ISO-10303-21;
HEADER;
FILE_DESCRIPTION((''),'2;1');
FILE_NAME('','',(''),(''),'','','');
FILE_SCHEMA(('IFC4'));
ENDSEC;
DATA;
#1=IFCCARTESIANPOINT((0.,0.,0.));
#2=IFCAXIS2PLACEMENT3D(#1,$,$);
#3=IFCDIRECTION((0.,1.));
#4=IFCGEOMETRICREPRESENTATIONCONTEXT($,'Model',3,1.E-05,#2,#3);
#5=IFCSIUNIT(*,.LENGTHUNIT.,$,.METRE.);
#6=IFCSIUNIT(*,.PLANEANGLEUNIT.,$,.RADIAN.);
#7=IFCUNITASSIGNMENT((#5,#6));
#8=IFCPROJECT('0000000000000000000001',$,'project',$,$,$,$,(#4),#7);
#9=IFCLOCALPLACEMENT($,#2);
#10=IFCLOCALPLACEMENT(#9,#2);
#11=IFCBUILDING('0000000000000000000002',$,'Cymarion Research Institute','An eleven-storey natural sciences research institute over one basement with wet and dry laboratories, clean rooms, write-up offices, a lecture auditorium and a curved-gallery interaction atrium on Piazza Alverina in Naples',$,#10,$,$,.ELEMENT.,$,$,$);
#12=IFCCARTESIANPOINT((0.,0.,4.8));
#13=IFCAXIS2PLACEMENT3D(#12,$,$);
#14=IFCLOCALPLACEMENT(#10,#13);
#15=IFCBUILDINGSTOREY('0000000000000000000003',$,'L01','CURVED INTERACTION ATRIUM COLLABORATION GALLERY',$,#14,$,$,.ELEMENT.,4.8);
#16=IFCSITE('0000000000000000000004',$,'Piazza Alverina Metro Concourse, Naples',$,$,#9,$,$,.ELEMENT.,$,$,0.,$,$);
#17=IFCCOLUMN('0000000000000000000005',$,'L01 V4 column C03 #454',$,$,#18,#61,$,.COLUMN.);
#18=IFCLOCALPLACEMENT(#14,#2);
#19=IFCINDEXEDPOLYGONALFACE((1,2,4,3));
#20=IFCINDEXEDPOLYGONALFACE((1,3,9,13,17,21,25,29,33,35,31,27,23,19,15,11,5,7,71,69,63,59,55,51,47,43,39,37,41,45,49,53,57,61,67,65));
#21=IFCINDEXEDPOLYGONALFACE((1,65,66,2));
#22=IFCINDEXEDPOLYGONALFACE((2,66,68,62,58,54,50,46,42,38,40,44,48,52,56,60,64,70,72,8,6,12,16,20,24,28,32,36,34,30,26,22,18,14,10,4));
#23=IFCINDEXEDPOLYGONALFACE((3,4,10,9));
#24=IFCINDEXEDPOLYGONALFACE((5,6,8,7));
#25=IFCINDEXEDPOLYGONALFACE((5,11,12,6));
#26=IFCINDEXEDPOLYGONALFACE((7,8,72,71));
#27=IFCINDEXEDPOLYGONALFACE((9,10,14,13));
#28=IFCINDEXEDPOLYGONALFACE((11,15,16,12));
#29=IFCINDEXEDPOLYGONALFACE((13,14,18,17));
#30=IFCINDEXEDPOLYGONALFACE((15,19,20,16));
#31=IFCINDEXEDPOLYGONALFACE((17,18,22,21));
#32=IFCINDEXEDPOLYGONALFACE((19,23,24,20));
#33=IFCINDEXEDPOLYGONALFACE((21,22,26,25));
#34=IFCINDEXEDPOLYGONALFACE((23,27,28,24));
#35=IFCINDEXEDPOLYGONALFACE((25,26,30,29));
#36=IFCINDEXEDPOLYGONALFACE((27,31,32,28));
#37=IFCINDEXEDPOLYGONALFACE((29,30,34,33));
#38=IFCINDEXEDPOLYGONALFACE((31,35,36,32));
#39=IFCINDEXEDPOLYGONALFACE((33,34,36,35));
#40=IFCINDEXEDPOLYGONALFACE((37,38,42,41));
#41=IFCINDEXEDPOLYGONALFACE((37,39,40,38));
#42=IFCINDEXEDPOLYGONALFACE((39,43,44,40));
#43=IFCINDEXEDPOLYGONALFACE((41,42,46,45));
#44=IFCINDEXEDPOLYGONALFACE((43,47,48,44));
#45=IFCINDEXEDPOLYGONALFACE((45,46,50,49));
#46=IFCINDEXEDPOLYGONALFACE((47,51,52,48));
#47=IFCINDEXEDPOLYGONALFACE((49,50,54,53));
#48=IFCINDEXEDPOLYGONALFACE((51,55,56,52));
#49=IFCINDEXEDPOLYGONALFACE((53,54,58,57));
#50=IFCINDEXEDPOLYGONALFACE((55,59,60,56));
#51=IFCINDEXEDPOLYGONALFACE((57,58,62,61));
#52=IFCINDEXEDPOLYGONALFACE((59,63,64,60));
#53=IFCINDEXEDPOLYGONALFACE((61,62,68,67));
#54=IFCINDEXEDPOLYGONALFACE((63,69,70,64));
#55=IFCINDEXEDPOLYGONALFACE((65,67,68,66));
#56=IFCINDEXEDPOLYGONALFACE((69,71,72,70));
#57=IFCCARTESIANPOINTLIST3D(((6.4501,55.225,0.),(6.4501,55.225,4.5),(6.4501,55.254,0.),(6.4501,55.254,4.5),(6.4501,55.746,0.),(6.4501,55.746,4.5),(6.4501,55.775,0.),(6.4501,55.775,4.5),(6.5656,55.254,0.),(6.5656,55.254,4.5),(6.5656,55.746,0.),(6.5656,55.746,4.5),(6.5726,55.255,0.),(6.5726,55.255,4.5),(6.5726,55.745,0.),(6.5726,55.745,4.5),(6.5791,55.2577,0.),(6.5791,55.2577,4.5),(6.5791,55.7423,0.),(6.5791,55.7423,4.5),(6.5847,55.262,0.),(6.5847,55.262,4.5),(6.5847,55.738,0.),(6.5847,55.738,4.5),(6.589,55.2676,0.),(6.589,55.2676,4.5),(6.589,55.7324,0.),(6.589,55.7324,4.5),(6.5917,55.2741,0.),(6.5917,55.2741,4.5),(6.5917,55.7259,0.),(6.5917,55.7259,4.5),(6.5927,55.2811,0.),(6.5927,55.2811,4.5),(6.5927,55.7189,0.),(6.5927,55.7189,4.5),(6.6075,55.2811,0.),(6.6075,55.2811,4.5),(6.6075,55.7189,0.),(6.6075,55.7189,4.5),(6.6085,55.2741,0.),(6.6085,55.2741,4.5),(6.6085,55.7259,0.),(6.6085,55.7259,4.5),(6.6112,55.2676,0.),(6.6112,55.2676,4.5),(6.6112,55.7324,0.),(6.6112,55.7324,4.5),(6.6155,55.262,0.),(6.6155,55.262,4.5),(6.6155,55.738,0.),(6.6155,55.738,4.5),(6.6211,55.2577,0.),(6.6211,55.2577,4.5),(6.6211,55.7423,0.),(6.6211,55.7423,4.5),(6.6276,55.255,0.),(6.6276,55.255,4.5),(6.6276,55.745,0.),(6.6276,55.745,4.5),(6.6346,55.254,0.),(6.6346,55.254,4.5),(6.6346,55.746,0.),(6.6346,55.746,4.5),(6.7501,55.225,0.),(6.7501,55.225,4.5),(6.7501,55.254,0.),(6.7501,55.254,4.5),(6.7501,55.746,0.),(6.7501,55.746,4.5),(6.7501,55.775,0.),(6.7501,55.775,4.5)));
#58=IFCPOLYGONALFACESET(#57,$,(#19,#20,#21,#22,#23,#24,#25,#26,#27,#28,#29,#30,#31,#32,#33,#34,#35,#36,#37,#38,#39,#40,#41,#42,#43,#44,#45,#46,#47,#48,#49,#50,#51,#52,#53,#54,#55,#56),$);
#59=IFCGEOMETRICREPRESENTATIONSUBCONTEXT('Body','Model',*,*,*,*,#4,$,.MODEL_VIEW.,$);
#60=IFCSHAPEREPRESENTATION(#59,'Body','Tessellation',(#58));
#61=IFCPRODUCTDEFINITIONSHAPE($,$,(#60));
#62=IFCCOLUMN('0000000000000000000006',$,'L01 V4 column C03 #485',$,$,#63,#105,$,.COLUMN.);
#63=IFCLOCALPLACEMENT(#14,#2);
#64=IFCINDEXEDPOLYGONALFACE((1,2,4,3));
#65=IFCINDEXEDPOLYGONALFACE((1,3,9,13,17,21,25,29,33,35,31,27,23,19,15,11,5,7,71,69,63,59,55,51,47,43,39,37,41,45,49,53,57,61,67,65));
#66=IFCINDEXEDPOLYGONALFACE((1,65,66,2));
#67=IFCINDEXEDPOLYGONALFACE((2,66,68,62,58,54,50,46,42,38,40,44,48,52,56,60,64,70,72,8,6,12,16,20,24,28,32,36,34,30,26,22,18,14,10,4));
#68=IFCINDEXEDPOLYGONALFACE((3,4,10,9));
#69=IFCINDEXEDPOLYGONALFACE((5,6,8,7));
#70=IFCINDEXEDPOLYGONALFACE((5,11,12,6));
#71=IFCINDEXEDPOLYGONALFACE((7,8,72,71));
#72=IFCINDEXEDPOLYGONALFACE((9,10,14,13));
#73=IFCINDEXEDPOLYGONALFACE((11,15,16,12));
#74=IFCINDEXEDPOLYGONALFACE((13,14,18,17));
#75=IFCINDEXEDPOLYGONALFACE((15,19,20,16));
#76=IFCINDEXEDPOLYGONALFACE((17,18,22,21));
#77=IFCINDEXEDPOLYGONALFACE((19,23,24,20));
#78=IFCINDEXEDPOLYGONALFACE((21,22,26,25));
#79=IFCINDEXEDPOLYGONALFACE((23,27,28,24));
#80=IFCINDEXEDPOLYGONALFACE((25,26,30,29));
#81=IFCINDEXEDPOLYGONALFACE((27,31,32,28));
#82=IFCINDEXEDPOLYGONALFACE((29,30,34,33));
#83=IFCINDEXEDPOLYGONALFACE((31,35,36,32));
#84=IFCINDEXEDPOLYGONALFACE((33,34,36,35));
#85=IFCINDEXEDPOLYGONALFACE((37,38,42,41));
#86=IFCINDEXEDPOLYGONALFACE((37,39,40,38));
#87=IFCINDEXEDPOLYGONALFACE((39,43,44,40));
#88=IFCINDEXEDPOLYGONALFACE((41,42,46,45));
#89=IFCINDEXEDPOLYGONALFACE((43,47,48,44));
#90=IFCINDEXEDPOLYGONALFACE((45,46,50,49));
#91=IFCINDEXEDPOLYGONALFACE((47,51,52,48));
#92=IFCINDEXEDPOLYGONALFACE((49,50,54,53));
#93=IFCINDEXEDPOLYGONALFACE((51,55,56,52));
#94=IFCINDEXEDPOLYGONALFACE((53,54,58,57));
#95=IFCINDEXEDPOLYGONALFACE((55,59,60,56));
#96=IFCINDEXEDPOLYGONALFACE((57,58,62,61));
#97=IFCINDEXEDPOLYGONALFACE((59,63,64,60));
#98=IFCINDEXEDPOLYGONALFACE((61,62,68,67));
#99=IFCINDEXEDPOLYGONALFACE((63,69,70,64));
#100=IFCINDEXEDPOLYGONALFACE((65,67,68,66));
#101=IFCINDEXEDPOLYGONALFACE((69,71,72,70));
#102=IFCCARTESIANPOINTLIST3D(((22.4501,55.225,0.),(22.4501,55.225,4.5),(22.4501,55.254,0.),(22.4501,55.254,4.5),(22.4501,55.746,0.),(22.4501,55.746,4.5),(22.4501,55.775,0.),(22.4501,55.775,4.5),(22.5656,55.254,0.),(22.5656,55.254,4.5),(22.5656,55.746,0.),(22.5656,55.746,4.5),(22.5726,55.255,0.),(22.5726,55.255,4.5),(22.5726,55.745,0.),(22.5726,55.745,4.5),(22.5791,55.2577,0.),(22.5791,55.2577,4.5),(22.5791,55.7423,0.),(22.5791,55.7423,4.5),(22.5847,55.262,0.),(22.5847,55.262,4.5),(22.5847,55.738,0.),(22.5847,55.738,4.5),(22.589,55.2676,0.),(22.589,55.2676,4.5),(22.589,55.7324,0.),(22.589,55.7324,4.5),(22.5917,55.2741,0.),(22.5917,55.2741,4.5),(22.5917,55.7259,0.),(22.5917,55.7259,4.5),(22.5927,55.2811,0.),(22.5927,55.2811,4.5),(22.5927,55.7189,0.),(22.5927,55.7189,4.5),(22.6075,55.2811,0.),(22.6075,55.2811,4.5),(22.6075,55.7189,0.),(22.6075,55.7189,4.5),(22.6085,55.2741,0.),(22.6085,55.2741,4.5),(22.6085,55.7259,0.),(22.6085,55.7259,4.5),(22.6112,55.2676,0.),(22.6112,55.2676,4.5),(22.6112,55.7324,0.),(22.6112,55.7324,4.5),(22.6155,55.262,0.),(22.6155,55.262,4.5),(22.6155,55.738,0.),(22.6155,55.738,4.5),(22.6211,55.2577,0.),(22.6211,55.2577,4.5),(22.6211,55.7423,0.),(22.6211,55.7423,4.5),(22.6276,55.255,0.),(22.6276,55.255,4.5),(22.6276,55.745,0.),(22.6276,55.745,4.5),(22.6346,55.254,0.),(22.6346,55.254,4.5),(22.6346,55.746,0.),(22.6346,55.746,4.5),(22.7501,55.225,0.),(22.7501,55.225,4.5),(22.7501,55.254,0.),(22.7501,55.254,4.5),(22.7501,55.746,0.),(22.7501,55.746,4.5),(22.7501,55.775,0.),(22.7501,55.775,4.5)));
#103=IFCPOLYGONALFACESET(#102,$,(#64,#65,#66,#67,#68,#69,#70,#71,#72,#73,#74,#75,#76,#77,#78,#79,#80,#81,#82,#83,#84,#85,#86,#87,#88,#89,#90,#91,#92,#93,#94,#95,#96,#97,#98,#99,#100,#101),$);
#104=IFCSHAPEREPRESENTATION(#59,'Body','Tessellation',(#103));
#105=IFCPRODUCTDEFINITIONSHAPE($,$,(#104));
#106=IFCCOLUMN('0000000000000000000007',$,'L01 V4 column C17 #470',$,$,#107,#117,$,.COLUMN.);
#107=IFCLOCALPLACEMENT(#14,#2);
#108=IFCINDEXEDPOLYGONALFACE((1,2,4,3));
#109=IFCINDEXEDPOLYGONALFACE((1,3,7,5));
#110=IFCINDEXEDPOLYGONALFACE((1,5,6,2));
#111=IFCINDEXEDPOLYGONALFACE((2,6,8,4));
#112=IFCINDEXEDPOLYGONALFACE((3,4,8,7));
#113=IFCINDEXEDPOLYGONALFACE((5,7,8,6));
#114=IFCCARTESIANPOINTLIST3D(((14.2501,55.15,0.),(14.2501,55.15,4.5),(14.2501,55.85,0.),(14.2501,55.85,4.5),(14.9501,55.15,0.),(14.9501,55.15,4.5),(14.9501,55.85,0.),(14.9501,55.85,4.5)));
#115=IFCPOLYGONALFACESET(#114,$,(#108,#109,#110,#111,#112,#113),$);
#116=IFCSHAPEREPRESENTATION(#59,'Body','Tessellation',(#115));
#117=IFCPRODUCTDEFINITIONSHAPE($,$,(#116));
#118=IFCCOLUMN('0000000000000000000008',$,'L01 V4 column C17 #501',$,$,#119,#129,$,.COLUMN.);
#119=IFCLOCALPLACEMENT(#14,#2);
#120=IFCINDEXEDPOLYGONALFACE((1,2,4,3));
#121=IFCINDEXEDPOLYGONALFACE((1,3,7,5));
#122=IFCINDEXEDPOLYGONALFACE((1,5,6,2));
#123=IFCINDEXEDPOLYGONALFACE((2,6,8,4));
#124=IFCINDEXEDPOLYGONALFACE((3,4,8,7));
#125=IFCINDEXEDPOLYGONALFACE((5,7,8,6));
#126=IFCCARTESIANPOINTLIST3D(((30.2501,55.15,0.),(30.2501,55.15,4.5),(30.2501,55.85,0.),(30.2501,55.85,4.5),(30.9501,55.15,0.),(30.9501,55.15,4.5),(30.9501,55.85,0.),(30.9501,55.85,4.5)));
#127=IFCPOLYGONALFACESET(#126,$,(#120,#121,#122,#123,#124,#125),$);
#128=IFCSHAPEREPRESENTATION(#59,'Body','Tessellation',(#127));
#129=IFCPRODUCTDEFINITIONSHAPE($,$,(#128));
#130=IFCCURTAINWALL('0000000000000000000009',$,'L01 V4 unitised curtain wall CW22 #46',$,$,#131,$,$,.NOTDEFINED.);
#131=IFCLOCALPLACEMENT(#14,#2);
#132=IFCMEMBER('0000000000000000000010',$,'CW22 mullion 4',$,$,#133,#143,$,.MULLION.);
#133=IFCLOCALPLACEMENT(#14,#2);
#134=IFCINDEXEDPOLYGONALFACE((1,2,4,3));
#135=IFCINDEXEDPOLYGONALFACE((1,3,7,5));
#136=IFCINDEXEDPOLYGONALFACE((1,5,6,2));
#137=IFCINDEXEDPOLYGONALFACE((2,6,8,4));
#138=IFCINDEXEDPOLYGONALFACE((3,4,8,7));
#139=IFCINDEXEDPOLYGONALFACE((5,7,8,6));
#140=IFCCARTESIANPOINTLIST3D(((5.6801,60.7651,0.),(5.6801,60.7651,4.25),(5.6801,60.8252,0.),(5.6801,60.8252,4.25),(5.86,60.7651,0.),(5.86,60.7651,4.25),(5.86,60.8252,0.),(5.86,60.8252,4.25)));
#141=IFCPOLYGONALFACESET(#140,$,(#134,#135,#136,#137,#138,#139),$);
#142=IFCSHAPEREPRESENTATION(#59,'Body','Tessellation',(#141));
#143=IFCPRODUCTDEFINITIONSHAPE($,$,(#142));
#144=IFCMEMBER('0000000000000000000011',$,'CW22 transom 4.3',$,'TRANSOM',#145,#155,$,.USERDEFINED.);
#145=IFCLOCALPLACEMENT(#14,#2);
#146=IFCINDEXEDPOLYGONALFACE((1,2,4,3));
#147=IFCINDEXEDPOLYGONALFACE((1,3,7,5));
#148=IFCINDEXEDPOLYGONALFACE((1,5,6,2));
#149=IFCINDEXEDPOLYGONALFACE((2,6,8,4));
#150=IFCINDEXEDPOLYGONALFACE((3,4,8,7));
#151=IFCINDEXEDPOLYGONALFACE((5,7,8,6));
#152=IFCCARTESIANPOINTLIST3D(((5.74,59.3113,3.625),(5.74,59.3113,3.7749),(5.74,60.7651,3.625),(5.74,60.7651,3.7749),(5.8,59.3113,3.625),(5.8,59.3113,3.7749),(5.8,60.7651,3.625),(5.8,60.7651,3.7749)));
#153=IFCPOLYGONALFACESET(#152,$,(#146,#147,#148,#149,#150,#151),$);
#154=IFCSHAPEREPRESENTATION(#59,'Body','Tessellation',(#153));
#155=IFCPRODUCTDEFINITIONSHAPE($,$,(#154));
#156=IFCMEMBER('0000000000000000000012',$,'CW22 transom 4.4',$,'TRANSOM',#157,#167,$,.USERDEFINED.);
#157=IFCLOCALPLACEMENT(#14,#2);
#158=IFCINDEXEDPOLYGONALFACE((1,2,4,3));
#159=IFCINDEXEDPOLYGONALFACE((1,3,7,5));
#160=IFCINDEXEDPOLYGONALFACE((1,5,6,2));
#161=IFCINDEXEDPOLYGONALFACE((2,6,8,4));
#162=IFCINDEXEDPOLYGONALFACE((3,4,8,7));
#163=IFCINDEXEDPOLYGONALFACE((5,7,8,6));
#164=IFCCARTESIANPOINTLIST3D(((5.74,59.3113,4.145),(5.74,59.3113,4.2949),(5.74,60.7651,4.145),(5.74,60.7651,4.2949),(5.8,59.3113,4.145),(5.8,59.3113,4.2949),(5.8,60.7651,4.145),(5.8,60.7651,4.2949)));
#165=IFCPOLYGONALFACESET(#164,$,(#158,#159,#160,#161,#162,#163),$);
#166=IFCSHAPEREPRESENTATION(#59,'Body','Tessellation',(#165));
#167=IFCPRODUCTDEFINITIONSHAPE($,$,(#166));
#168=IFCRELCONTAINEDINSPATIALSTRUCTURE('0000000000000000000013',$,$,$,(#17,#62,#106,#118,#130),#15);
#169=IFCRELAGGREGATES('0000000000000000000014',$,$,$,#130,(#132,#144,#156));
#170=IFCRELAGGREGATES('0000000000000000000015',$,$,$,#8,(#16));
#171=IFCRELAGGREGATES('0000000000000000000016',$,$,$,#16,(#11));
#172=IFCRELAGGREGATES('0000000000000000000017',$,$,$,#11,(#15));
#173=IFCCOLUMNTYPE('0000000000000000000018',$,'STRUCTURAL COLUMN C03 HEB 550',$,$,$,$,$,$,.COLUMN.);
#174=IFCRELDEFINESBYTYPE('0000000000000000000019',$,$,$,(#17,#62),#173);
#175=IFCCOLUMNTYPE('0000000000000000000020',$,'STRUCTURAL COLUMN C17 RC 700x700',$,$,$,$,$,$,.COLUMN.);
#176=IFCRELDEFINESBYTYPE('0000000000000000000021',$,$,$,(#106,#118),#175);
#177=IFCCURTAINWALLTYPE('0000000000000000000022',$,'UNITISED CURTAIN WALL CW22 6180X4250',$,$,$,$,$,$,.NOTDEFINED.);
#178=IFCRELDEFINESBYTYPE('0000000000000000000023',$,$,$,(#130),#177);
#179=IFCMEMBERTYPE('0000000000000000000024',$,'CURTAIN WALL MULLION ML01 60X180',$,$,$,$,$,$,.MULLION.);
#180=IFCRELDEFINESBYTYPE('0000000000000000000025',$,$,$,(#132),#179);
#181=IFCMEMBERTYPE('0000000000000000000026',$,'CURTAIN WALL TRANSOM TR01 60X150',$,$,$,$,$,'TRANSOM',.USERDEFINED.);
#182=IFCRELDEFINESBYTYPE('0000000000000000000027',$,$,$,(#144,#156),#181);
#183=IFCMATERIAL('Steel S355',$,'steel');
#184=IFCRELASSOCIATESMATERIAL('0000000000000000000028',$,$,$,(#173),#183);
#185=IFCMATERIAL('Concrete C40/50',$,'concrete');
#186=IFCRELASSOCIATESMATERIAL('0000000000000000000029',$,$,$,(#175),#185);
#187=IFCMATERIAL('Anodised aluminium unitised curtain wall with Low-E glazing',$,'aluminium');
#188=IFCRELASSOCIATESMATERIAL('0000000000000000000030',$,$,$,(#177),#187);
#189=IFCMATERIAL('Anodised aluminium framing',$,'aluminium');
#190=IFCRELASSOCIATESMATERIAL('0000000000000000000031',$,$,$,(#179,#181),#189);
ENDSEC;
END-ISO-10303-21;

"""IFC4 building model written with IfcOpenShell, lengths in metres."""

from ifc_helpers import new_model, si_unit, direction, frame, origin, origin_2d, place, context, subcontext, project, spatial, rectangle, i_section, extrude, material, material_profile, profile_set, type_object, element, aggregate, save


model = new_model("IFC4")

# Units and contexts
model_context = context("Model", 3, precision=1e-05, world=origin(), true_north=direction((0.0, 1.0)))
body_context = subcontext(model_context, "Body", "Model", "MODEL_VIEW")
ifc_project = project(units=[si_unit("LENGTHUNIT", "METRE"), si_unit("PLANEANGLEUNIT", "RADIAN")], contexts=[model_context])

# Site, building, storey
site_placement = place(None, origin())
site = spatial("IfcSite", under=ifc_project, at=site_placement, Name="Piazza Alverina Metro Concourse, Naples", CompositionType="ELEMENT", RefElevation=0.0)
building_placement = place(site_placement, origin())
building = spatial("IfcBuilding", under=site, at=building_placement, Name="Cymarion Research Institute", Description="An eleven-storey natural sciences research institute over one basement with wet and dry laboratories, clean rooms, write-up offices, a lecture auditorium and a curved-gallery interaction atrium on Piazza Alverina in Naples", CompositionType="ELEMENT")
storey_placement = place(building_placement, frame((0.0, 0.0, 4.8)))
storey = spatial("IfcBuildingStorey", under=building, at=storey_placement, Name="L01", Description="CURVED INTERACTION ATRIUM COLLABORATION GALLERY", CompositionType="ELEMENT", Elevation=4.8)

# Columns
ifc_material_1 = material(Name="Steel S355", Category="steel")
ifc_material_profile_1 = material_profile(ifc_material_1, i_section(OverallWidth=0.3, OverallDepth=0.55, WebThickness=0.0149, FlangeThickness=0.0291, FilletRadius=0.0271, at=origin_2d()), Name="HEB 550")
ifc_profile_set_1 = profile_set([ifc_material_profile_1], Name="Steel S355")
column_type_1 = type_object("IfcColumnType", Name="STRUCTURAL COLUMN C03 HEB 550", PredefinedType="COLUMN", material=ifc_profile_set_1)
for number, where, z_axis, x_axis, name in (
    (1, (6.6001, 55.5, 0.0), (0.0, 0.0, 1.0), (1.0, 0.0, 0.0), "L01 V4 column C03 #454"),
    (2, (22.6001, 55.5, 0.0), (0.0, 0.0, 1.0), (1.0, 0.0, 0.0), "L01 V4 column C03 #485"),
):
    element("IfcColumn", number, at=place(storey_placement, frame(where, z_axis=z_axis, x_axis=x_axis)), inside=storey, type_object=column_type_1, Name=name, PredefinedType="COLUMN", context=body_context, shape_type="SweptSolid", body=[
        extrude(i_section(OverallWidth=0.3, OverallDepth=0.55, WebThickness=0.0149, FlangeThickness=0.0291, FilletRadius=0.0271, at=origin_2d()), origin(), (0.0, 0.0, 1.0), 4.5),
    ])
ifc_material_2 = material(Name="Concrete C40/50", Category="concrete")
ifc_material_profile_2 = material_profile(ifc_material_2, rectangle(XDim=0.7, YDim=0.7, at=origin_2d()), Name="RC 700x700")
ifc_profile_set_2 = profile_set([ifc_material_profile_2], Name="Concrete C40/50")
column_type_2 = type_object("IfcColumnType", Name="STRUCTURAL COLUMN C17 RC 700x700", PredefinedType="COLUMN", material=ifc_profile_set_2)
for number, where, z_axis, x_axis, name in (
    (3, (14.6001, 55.5, 0.0), (0.0, 0.0, 1.0), (1.0, 0.0, 0.0), "L01 V4 column C17 #470"),
    (4, (30.6001, 55.5, 0.0), (0.0, 0.0, 1.0), (1.0, 0.0, 0.0), "L01 V4 column C17 #501"),
):
    element("IfcColumn", number, at=place(storey_placement, frame(where, z_axis=z_axis, x_axis=x_axis)), inside=storey, type_object=column_type_2, Name=name, PredefinedType="COLUMN", context=body_context, shape_type="SweptSolid", body=[
        extrude(rectangle(XDim=0.7, YDim=0.7, at=origin_2d()), origin(), (0.0, 0.0, 1.0), 4.5),
    ])

# Curtain wall, members
ifc_material_3 = material(Name="Anodised aluminium unitised curtain wall with Low-E glazing", Category="aluminium")
curtain_wall_type = type_object("IfcCurtainWallType", Name="UNITISED CURTAIN WALL CW22 6180X4250", PredefinedType="NOTDEFINED", material=ifc_material_3)
curtain_wall_placement = place(storey_placement, origin())
curtain_wall = element("IfcCurtainWall", 5, at=curtain_wall_placement, inside=storey, type_object=curtain_wall_type, Name="L01 V4 unitised curtain wall CW22 #46", PredefinedType="NOTDEFINED")
ifc_material_4 = material(Name="Anodised aluminium framing", Category="aluminium")
ifc_material_profile_3 = material_profile(ifc_material_4, rectangle(XDim=0.0601, YDim=0.1799, at=origin_2d()), Name="ALU MULLION 60x180")
ifc_profile_set_3 = profile_set([ifc_material_profile_3], Name="Anodised aluminium framing")
member_type_1 = type_object("IfcMemberType", Name="CURTAIN WALL MULLION ML01 60X180", PredefinedType="MULLION", material=ifc_profile_set_3)
member_1_placement = place(storey_placement, frame((5.77, 60.7952, 0.0), z_axis=(0.0, 0.0, 1.0), x_axis=(0.0, -1.0, 0.0)))
member_1 = element("IfcMember", 6, at=member_1_placement, type_object=member_type_1, Name="CW22 mullion 4", PredefinedType="MULLION", context=body_context, shape_type="SweptSolid", body=[
    extrude(rectangle(XDim=0.0601, YDim=0.1799, at=origin_2d()), origin(), (0.0, 0.0, 1.0), 4.25),
])
ifc_material_profile_4 = material_profile(ifc_material_4, rectangle(XDim=0.0601, YDim=0.1499, at=origin_2d()), Name="ALU TRANSOM 60x150")
ifc_profile_set_4 = profile_set([ifc_material_profile_4], Name="Anodised aluminium framing")
member_type_2 = type_object("IfcMemberType", Name="CURTAIN WALL TRANSOM TR01 60X150", ElementType="TRANSOM", PredefinedType="USERDEFINED", material=ifc_profile_set_4)
member_2_placement = place(storey_placement, frame((5.77, 60.7651, 3.7), z_axis=(0.0, -1.0, 0.0), x_axis=(1.0, 0.0, 0.0)))
member_2 = element("IfcMember", 7, at=member_2_placement, type_object=member_type_2, Name="CW22 transom 4.3", ObjectType="TRANSOM", PredefinedType="USERDEFINED", context=body_context, shape_type="SweptSolid", body=[
    extrude(rectangle(XDim=0.0601, YDim=0.1499, at=origin_2d()), origin(), (0.0, 0.0, 1.0), 1.4539),
])
member_3_placement = place(storey_placement, frame((5.77, 60.7651, 4.22), z_axis=(0.0, -1.0, 0.0), x_axis=(1.0, 0.0, 0.0)))
member_3 = element("IfcMember", 8, at=member_3_placement, type_object=member_type_2, Name="CW22 transom 4.4", ObjectType="TRANSOM", PredefinedType="USERDEFINED", context=body_context, shape_type="SweptSolid", body=[
    extrude(rectangle(XDim=0.0601, YDim=0.1499, at=origin_2d()), origin(), (0.0, 0.0, 1.0), 1.4539),
])
aggregate(curtain_wall, [member_1, member_2, member_3])

save(model, "model.ifc")
